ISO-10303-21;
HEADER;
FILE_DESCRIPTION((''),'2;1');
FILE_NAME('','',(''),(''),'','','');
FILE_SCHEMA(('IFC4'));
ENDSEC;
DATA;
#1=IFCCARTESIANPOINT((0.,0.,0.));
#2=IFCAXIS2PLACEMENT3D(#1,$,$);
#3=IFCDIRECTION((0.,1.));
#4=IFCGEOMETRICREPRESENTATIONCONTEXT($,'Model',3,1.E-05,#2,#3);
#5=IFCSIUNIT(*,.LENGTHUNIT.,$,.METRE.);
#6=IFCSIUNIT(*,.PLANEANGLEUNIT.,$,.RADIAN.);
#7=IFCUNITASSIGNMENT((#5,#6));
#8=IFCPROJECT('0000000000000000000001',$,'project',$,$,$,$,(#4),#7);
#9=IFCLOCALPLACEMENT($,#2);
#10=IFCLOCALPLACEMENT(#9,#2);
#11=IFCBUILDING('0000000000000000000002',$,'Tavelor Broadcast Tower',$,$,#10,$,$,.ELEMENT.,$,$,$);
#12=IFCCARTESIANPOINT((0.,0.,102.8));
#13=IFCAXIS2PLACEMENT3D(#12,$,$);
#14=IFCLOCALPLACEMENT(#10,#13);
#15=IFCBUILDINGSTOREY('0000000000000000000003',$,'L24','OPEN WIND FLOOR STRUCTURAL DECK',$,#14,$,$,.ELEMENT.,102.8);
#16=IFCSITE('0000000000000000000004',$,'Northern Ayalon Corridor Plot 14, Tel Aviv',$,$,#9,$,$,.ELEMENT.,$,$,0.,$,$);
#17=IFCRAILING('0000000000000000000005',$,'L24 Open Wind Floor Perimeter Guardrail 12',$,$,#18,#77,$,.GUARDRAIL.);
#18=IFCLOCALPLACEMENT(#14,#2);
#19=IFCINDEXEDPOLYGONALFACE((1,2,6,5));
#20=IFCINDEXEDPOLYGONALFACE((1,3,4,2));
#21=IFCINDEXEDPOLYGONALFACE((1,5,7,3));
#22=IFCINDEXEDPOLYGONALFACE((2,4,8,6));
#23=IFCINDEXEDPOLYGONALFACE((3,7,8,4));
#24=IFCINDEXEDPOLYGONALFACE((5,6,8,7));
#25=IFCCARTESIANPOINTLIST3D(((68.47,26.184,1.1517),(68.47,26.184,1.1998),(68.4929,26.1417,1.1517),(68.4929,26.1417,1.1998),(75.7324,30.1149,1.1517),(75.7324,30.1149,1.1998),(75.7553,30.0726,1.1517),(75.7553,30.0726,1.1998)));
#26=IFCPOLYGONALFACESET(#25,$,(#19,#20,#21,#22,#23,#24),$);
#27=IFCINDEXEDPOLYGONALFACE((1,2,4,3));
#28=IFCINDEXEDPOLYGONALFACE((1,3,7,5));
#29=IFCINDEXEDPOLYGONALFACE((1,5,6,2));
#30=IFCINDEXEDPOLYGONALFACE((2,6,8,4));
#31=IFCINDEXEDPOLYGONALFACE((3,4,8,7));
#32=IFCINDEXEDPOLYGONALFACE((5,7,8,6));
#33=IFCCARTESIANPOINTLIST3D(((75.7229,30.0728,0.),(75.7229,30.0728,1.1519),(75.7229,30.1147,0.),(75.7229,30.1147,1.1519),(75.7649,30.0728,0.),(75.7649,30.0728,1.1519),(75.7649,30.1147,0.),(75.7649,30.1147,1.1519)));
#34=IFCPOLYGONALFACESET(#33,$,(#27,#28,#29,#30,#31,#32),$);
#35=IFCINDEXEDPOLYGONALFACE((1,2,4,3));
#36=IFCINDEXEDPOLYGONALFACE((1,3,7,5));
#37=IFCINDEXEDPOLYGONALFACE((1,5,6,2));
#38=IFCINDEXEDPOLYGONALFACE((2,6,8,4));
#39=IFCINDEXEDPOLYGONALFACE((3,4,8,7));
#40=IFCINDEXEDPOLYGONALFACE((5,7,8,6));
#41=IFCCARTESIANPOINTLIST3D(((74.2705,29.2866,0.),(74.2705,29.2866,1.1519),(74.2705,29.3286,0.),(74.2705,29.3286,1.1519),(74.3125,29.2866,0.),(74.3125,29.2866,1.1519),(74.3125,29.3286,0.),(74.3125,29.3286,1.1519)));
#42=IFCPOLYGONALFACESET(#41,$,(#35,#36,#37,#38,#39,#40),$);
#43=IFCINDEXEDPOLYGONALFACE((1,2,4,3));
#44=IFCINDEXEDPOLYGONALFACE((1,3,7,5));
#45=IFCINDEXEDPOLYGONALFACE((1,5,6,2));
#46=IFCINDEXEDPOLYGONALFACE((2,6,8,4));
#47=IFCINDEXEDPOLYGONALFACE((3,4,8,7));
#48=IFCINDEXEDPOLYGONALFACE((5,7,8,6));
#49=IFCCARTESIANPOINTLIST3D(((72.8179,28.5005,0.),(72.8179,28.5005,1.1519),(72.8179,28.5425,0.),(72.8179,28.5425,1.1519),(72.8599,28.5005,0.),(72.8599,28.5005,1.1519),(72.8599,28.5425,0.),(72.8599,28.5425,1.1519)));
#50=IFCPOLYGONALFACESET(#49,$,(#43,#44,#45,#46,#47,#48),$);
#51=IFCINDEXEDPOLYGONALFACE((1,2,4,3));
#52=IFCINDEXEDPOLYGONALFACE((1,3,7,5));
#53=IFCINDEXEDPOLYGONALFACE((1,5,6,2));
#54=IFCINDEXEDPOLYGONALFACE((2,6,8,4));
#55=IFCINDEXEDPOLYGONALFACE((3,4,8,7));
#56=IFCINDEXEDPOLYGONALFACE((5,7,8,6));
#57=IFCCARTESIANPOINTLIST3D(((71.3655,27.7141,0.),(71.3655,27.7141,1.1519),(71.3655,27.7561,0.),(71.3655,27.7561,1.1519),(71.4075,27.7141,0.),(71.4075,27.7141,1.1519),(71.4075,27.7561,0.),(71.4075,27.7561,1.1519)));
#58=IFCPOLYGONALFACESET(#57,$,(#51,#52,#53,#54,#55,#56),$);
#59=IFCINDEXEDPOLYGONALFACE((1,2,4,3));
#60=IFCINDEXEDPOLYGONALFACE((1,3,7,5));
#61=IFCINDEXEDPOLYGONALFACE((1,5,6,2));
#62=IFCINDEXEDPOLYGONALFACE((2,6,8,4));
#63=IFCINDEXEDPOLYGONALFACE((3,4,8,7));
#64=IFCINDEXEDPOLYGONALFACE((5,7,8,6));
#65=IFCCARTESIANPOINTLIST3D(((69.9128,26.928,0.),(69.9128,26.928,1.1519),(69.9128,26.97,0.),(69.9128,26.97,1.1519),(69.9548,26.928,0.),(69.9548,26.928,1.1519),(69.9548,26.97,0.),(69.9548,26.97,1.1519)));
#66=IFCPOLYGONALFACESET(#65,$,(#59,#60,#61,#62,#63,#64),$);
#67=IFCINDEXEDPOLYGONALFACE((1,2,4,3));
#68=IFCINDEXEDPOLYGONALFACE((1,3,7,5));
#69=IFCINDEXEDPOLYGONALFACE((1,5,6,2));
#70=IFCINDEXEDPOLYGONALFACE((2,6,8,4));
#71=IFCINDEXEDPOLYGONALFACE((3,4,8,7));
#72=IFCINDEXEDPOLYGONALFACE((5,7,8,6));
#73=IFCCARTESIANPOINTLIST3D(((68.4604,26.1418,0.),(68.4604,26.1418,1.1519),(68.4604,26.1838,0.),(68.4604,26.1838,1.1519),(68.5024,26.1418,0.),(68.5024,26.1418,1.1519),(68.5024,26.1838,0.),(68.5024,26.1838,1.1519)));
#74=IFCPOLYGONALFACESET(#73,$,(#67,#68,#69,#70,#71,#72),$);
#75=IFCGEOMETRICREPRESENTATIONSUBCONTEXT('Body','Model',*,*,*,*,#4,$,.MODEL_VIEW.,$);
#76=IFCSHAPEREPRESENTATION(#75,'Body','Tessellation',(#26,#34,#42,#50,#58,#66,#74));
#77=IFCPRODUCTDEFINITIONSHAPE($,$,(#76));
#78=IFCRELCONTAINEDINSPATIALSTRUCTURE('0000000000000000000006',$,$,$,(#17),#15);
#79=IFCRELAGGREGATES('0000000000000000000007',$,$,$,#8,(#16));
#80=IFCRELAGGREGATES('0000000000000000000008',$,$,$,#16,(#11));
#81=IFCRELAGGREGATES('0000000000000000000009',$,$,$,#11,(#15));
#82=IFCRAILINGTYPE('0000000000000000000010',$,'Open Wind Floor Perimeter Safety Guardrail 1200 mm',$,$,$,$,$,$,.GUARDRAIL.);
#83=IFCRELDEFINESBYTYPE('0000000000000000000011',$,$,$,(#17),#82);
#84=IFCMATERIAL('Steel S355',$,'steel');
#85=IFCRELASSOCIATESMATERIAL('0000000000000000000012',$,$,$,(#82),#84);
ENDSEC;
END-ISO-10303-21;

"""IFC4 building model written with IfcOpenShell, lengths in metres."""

from ifc_helpers import new_model, si_unit, direction, frame, origin, origin_2d, place, context, subcontext, project, spatial, rectangle, extrude, material, type_object, element, save


model = new_model("IFC4")

# Units and contexts
model_context = context("Model", 3, precision=1e-05, world=origin(), true_north=direction((0.0, 1.0)))
body_context = subcontext(model_context, "Body", "Model", "MODEL_VIEW")
ifc_project = project(units=[si_unit("LENGTHUNIT", "METRE"), si_unit("PLANEANGLEUNIT", "RADIAN")], contexts=[model_context])

# Site, building, storey
site_placement = place(None, origin())
site = spatial("IfcSite", under=ifc_project, at=site_placement, Name="Northern Ayalon Corridor Plot 14, Tel Aviv", CompositionType="ELEMENT", RefElevation=0.0)
building_placement = place(site_placement, origin())
building = spatial("IfcBuilding", under=site, at=building_placement, Name="Tavelor Broadcast Tower", CompositionType="ELEMENT")
storey_placement = place(building_placement, frame((0.0, 0.0, 102.8)))
storey = spatial("IfcBuildingStorey", under=building, at=storey_placement, Name="L24", Description="OPEN WIND FLOOR STRUCTURAL DECK", CompositionType="ELEMENT", Elevation=102.8)

# Railing
ifc_material_1 = material(Name="Steel S355", Category="steel")
railing_type = type_object("IfcRailingType", Name="Open Wind Floor Perimeter Safety Guardrail 1200 mm", PredefinedType="GUARDRAIL", material=ifc_material_1)
railing_1_placement = place(storey_placement, frame((75.7439, 30.0938, 0.0)))
element("IfcRailing", 1, at=railing_1_placement, inside=storey, type_object=railing_type, Name="L24 Open Wind Floor Perimeter Guardrail 12", PredefinedType="GUARDRAIL", context=body_context, shape_type="SweptSolid", body=[
    extrude(rectangle(XDim=0.0481, YDim=0.0481, at=origin_2d()), frame((0.0, 0.0, 1.1758), z_axis=(-0.87944, -0.47601, 0.0), x_axis=(0.47601, -0.87944, 0.0)), (0.0, 0.0, 1.0), 8.2581),
    extrude(rectangle(XDim=0.042, YDim=0.042, at=origin_2d()), origin(), (0.0, 0.0, 1.0), 1.1519),
    extrude(rectangle(XDim=0.042, YDim=0.042, at=origin_2d()), frame((-1.4524, -0.7861, 0.0)), (0.0, 0.0, 1.0), 1.1519),
    extrude(rectangle(XDim=0.042, YDim=0.042, at=origin_2d()), frame((-2.905, -1.5723, 0.0)), (0.0, 0.0, 1.0), 1.1519),
    extrude(rectangle(XDim=0.042, YDim=0.042, at=origin_2d()), frame((-4.3574, -2.3586, 0.0)), (0.0, 0.0, 1.0), 1.1519),
    extrude(rectangle(XDim=0.042, YDim=0.042, at=origin_2d()), frame((-5.8101, -3.1448, 0.0)), (0.0, 0.0, 1.0), 1.1519),
    extrude(rectangle(XDim=0.042, YDim=0.042, at=origin_2d()), frame((-7.2625, -3.9309, 0.0)), (0.0, 0.0, 1.0), 1.1519),
])

save(model, "model.ifc")
